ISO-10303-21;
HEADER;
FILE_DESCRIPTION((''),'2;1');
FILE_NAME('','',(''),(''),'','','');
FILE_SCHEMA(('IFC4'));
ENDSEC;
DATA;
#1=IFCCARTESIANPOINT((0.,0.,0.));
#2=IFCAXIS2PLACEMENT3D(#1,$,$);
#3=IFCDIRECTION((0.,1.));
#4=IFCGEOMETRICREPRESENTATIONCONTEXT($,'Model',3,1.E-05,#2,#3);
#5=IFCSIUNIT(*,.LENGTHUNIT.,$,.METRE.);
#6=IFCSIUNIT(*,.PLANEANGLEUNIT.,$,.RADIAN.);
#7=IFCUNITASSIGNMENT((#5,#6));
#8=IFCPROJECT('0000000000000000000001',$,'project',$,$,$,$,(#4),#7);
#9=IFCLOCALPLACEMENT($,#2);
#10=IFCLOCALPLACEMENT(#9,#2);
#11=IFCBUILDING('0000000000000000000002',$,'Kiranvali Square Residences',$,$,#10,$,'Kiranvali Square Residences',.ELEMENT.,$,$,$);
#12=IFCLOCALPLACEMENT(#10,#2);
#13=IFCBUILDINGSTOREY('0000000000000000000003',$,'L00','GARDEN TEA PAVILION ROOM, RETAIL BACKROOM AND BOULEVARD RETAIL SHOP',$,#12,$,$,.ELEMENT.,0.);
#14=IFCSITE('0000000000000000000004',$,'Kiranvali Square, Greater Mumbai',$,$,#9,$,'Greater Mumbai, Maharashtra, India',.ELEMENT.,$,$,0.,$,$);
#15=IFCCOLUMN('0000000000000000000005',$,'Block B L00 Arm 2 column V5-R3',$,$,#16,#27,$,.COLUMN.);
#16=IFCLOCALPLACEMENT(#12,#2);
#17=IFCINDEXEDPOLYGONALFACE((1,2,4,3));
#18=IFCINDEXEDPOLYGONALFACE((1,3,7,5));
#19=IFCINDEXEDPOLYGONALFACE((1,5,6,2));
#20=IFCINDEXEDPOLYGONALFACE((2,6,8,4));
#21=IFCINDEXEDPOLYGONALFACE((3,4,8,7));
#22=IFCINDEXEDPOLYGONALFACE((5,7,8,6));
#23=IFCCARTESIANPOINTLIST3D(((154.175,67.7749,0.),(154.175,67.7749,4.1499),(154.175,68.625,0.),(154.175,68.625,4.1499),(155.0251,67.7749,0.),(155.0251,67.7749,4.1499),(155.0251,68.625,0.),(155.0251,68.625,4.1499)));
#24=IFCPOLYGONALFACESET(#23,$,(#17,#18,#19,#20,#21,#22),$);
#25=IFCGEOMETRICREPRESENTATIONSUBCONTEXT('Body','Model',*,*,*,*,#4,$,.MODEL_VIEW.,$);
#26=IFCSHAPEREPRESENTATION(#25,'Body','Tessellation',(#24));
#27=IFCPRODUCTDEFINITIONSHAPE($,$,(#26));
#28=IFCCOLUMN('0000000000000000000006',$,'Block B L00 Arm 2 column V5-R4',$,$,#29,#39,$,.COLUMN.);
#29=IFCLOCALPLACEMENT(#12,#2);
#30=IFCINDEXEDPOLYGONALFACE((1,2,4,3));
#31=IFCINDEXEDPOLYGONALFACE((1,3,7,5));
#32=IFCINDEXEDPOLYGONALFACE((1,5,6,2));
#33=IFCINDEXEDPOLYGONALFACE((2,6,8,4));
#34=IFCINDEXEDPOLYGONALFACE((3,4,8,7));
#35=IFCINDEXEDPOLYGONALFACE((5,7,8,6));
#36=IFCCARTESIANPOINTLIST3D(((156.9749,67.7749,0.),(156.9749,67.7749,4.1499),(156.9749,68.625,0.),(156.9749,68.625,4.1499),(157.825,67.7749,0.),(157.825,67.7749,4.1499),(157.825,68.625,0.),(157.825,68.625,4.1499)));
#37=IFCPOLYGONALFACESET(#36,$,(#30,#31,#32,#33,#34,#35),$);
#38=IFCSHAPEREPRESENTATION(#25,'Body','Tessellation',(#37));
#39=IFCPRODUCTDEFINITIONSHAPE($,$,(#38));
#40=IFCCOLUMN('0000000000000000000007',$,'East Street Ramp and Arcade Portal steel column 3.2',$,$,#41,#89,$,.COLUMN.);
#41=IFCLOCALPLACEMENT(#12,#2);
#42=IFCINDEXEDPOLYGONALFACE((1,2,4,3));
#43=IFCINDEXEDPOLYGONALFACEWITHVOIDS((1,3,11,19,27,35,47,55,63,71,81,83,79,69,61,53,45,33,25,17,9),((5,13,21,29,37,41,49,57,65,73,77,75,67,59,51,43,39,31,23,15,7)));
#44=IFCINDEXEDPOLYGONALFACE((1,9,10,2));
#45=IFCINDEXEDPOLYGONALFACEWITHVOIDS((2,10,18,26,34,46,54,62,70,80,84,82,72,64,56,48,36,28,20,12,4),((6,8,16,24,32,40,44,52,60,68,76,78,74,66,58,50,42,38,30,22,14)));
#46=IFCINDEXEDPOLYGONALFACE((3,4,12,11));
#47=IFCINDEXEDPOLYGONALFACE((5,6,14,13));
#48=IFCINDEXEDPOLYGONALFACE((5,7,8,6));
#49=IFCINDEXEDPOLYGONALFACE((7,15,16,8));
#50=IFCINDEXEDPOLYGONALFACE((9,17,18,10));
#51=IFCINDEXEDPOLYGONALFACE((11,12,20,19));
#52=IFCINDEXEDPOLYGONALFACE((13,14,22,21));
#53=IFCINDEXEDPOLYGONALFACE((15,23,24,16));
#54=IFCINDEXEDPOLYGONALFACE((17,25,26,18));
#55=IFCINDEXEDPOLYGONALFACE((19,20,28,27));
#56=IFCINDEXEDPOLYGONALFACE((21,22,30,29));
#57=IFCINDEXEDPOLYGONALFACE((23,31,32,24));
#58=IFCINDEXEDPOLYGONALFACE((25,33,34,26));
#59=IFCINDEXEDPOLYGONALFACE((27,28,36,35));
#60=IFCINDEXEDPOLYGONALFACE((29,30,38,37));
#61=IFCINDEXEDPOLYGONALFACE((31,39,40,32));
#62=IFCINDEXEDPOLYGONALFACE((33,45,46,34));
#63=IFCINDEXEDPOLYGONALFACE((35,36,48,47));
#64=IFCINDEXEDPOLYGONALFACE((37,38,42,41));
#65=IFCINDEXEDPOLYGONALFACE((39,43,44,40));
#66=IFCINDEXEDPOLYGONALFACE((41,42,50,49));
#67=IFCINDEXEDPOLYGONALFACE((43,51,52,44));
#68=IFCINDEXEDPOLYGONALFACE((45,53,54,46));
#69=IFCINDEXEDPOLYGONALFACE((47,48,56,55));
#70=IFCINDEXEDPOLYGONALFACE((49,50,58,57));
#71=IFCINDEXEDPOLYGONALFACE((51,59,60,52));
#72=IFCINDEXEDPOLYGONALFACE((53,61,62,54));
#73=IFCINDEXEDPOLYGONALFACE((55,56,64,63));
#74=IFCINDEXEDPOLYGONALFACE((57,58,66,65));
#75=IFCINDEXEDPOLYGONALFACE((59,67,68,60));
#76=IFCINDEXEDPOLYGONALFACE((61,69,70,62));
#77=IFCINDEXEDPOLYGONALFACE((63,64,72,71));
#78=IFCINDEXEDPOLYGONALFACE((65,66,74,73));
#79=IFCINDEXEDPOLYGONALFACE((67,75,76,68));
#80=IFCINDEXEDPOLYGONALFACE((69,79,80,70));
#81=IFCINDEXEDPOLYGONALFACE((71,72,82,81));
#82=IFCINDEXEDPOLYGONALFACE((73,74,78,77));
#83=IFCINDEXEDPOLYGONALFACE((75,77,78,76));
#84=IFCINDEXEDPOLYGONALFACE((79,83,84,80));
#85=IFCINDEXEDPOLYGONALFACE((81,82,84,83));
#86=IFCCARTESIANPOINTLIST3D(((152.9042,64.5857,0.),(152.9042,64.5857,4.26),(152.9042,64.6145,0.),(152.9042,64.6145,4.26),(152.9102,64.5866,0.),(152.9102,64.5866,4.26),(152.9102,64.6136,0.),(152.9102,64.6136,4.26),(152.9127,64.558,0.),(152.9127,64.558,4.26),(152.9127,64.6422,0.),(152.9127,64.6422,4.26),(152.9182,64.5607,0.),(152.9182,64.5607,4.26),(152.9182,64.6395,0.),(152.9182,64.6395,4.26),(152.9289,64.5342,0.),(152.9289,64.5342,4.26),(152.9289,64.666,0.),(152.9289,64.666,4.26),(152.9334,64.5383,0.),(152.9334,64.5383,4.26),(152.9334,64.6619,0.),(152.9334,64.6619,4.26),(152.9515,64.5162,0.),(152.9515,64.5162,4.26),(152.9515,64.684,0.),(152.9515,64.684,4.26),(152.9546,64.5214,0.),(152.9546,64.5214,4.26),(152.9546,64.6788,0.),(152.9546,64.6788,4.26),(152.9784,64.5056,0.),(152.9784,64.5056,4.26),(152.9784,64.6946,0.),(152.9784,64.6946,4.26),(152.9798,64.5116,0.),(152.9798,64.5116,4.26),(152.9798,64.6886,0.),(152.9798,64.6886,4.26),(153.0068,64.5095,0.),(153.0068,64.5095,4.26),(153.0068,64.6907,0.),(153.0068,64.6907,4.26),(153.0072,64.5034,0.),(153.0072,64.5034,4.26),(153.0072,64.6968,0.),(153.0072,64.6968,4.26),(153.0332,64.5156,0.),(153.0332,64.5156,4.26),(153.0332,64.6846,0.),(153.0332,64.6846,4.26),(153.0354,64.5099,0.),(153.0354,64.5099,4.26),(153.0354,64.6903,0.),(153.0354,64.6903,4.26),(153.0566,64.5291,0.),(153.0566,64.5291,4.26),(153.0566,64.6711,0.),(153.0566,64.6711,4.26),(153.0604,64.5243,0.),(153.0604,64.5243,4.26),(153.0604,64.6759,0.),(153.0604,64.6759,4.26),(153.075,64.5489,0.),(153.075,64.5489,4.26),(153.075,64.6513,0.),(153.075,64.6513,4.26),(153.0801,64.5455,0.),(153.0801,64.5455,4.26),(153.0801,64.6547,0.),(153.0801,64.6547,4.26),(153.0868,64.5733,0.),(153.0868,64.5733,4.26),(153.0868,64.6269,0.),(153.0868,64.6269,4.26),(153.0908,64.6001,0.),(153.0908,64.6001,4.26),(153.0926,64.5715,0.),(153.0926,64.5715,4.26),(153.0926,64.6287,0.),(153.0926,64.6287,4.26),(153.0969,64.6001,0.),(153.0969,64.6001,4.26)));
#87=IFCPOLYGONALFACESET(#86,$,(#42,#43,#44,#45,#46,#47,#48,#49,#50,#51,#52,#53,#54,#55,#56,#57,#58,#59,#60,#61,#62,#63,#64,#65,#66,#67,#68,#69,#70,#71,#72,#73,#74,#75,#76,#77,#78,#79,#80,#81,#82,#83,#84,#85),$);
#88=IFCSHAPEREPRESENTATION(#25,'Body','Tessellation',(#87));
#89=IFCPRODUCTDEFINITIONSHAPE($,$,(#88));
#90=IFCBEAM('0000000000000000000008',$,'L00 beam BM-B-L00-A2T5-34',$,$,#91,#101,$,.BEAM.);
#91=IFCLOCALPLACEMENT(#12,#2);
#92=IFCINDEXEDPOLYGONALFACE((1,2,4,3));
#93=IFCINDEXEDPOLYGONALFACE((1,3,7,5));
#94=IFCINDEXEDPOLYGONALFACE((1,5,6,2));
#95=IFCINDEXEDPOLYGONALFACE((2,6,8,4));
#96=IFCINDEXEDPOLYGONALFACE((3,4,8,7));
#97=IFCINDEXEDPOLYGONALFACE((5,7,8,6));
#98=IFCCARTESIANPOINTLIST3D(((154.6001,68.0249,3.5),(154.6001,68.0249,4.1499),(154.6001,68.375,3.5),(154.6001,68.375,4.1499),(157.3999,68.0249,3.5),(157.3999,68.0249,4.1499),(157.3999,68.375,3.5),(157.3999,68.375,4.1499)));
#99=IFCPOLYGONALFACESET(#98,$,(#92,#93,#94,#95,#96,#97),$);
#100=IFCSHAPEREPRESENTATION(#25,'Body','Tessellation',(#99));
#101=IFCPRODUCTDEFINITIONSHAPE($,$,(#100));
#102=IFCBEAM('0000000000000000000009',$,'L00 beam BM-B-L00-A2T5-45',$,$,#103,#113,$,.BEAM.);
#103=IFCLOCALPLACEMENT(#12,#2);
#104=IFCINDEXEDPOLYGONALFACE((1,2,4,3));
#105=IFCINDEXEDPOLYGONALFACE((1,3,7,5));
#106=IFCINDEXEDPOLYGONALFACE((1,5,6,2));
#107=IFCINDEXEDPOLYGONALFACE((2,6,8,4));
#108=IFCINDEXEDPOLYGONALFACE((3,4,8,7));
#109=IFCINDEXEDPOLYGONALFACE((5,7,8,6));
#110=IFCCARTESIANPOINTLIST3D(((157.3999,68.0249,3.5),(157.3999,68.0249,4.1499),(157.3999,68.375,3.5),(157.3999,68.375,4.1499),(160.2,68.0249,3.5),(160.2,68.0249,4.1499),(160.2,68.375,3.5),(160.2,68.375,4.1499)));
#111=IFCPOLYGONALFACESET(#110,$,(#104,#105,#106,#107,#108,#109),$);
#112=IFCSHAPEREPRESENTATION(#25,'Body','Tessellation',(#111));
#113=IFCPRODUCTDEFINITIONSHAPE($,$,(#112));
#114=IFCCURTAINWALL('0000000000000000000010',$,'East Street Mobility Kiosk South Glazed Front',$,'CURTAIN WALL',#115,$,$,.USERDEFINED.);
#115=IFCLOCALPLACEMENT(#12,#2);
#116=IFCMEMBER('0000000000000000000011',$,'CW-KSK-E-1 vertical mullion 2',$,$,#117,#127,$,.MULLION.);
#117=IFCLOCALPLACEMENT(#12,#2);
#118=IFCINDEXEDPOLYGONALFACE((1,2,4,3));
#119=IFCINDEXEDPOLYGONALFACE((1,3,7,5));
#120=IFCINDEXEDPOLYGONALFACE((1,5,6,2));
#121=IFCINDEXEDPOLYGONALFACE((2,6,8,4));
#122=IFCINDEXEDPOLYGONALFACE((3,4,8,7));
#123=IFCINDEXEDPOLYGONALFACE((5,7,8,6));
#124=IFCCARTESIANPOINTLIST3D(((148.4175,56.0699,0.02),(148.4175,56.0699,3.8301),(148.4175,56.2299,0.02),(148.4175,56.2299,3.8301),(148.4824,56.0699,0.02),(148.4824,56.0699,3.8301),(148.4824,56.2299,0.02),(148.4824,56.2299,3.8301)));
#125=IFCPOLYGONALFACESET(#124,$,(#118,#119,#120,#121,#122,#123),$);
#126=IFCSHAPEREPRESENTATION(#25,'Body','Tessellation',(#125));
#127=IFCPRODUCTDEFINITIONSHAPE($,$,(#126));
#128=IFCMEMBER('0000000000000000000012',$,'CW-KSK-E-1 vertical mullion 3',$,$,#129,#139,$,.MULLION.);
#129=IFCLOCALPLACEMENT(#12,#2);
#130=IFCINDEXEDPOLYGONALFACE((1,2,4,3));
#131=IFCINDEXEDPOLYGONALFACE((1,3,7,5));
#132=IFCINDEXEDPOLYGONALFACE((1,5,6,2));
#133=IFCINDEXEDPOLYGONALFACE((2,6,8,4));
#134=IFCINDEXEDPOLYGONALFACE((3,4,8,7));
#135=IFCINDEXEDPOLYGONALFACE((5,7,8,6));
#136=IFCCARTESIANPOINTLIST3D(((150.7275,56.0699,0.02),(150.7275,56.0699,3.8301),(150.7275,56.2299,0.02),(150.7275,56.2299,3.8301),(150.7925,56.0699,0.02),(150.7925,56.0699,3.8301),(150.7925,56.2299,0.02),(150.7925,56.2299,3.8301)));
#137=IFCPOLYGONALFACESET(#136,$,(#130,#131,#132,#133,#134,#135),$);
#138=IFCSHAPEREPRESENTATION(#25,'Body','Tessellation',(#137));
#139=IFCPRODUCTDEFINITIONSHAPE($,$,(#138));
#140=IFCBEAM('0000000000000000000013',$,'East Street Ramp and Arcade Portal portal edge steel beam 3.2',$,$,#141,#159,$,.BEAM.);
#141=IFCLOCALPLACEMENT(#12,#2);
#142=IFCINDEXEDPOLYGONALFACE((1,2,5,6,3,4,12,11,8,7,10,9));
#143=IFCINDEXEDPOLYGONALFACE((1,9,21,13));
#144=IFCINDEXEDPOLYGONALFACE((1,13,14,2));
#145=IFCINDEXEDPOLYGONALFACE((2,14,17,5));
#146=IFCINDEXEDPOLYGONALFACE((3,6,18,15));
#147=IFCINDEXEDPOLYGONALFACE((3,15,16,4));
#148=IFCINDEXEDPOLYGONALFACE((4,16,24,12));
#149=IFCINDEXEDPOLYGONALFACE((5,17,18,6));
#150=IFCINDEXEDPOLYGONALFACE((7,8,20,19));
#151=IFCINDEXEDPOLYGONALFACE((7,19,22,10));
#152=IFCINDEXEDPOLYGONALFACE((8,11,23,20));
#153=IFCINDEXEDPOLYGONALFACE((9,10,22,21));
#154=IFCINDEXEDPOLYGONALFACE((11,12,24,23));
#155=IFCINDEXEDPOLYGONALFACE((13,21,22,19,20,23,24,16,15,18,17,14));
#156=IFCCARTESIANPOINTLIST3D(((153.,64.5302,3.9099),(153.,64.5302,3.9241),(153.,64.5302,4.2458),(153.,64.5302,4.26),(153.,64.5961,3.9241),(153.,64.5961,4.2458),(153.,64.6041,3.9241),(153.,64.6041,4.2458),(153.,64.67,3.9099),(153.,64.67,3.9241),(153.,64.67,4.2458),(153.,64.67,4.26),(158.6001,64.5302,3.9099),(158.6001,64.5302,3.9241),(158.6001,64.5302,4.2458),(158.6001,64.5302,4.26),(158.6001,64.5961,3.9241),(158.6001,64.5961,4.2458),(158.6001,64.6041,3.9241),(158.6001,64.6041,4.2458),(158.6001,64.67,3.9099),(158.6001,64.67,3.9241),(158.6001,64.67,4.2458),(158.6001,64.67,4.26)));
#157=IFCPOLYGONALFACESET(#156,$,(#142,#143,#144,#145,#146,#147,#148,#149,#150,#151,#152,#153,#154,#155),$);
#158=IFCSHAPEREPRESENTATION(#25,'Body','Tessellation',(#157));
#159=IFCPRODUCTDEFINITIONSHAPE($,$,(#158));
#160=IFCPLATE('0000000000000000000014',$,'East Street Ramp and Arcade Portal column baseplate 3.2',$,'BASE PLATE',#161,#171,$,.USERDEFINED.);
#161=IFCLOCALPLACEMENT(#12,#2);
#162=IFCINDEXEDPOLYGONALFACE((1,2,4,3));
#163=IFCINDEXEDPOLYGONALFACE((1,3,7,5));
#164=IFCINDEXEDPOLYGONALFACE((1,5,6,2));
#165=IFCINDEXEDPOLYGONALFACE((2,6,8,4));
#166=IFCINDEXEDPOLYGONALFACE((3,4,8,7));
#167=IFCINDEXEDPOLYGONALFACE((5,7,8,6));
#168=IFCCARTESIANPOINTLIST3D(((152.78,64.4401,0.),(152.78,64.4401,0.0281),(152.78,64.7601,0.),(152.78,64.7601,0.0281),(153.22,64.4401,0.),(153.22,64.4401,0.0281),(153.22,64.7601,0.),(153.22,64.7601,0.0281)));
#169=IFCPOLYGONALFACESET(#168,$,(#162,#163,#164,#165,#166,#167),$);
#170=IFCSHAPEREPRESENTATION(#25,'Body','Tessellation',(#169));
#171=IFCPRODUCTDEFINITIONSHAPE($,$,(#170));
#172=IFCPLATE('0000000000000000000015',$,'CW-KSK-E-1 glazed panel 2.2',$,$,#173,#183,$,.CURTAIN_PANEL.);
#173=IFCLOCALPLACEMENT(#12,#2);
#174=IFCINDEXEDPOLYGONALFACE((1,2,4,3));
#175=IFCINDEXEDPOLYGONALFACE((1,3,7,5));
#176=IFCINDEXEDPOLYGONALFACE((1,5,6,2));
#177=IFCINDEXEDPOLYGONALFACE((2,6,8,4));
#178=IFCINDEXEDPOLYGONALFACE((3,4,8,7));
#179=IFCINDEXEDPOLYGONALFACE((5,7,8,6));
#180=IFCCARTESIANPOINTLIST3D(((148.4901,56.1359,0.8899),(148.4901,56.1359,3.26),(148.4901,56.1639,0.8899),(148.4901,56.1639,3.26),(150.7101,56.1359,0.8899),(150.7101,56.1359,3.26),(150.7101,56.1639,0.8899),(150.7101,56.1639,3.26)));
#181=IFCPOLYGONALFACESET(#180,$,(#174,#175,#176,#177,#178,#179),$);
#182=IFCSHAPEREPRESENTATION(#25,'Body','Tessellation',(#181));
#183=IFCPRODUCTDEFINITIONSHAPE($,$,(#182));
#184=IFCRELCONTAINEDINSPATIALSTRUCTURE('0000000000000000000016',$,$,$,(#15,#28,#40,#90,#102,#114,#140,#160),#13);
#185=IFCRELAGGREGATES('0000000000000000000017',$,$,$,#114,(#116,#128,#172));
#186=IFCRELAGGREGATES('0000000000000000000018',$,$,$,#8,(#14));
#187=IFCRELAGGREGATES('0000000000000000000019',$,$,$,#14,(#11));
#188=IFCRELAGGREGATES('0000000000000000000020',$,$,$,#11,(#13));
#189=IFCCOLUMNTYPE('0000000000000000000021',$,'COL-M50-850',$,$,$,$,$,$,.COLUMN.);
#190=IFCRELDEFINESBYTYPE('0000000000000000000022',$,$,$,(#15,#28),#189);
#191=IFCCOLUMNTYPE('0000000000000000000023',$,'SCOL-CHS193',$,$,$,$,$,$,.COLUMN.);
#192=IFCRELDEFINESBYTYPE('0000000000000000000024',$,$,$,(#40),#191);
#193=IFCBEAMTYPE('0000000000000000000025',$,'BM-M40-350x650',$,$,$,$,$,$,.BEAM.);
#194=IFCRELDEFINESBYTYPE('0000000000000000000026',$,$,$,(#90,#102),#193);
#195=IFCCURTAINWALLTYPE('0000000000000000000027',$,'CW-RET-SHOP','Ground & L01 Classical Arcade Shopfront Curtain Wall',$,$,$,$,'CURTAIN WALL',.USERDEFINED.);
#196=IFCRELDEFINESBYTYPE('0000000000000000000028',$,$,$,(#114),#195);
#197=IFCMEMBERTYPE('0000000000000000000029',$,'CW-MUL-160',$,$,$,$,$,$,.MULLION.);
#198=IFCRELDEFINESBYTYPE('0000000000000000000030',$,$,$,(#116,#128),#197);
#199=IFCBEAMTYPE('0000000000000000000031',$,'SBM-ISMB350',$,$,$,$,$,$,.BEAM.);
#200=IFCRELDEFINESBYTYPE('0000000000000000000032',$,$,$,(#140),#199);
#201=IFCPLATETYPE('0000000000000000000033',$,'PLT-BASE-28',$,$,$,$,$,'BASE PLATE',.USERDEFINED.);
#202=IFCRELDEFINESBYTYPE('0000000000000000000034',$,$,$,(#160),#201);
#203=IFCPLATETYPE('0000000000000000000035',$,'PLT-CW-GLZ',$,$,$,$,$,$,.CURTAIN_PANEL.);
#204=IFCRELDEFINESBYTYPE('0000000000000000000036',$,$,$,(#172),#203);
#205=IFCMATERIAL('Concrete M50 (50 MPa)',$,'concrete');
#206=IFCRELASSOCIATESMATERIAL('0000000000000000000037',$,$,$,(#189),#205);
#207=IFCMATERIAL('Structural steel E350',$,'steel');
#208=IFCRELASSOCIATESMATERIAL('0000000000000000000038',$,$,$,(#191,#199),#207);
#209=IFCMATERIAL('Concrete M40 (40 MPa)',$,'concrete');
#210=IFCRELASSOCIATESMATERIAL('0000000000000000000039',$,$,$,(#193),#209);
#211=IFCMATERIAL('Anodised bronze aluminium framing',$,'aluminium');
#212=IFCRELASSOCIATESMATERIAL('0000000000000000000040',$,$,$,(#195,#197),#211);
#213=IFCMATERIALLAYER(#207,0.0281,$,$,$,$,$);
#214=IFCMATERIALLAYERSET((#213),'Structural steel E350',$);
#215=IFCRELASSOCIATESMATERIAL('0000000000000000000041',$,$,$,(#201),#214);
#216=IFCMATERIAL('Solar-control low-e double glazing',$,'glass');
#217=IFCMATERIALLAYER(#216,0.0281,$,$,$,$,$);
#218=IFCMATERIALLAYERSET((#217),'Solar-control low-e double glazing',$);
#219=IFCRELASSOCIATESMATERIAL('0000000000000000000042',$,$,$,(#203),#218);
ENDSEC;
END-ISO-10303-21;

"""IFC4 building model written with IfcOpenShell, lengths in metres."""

from ifc_helpers import new_model, si_unit, direction, frame, origin, origin_2d, place, context, subcontext, project, spatial, rectangle, hollow_circle, i_section, extrude, material, layer, layer_set, material_profile, profile_set, type_object, element, aggregate, save


model = new_model("IFC4")

# Units and contexts
model_context = context("Model", 3, precision=1e-05, world=origin(), true_north=direction((0.0, 1.0)))
body_context = subcontext(model_context, "Body", "Model", "MODEL_VIEW")
ifc_project = project(units=[si_unit("LENGTHUNIT", "METRE"), si_unit("PLANEANGLEUNIT", "RADIAN")], contexts=[model_context])

# Site, building, storey
site_placement = place(None, origin())
site = spatial("IfcSite", under=ifc_project, at=site_placement, Name="Kiranvali Square, Greater Mumbai", LongName="Greater Mumbai, Maharashtra, India", CompositionType="ELEMENT", RefElevation=0.0)
building_placement = place(site_placement, origin())
building = spatial("IfcBuilding", under=site, at=building_placement, Name="Kiranvali Square Residences", LongName="Kiranvali Square Residences", CompositionType="ELEMENT")
storey_placement = place(building_placement, origin())
storey = spatial("IfcBuildingStorey", under=building, at=storey_placement, Name="L00", Description="GARDEN TEA PAVILION ROOM, RETAIL BACKROOM AND BOULEVARD RETAIL SHOP", CompositionType="ELEMENT", Elevation=0.0)

# Columns
ifc_material_1 = material(Name="Concrete M50 (50 MPa)", Category="concrete")
ifc_material_profile_1 = material_profile(ifc_material_1, rectangle(XDim=0.8501, YDim=0.8501, at=origin_2d()), Name="RC 850x850")
ifc_profile_set_1 = profile_set([ifc_material_profile_1], Name="Concrete M50 (50 MPa)")
column_type_1 = type_object("IfcColumnType", Name="COL-M50-850", PredefinedType="COLUMN", material=ifc_profile_set_1)
for number, where, z_axis, x_axis, name in (
    (1, (154.6001, 68.2, 0.0), (0.0, 0.0, 1.0), (1.0, 0.0, 0.0), "Block B L00 Arm 2 column V5-R3"),
    (2, (157.3999, 68.2, 0.0), (0.0, 0.0, 1.0), (1.0, 0.0, 0.0), "Block B L00 Arm 2 column V5-R4"),
):
    element("IfcColumn", number, at=place(storey_placement, frame(where, z_axis=z_axis, x_axis=x_axis)), inside=storey, type_object=column_type_1, Name=name, PredefinedType="COLUMN", context=body_context, shape_type="SweptSolid", body=[
        extrude(rectangle(XDim=0.8501, YDim=0.8501, at=origin_2d()), origin(), (0.0, 0.0, 1.0), 4.1499),
    ])
ifc_material_2 = material(Name="Structural steel E350", Category="steel")
ifc_material_profile_2 = material_profile(ifc_material_2, hollow_circle(Radius=0.0969, WallThickness=0.0061, at=origin_2d()), Name="CHS 193.7x6.0")
ifc_profile_set_2 = profile_set([ifc_material_profile_2], Name="Structural steel E350")
column_type_2 = type_object("IfcColumnType", Name="SCOL-CHS193", PredefinedType="COLUMN", material=ifc_profile_set_2)
column_placement = place(storey_placement, frame((153.0, 64.6001, 0.0), z_axis=(0.0, 0.0, 1.0), x_axis=(1.0, 0.0, 0.0)))
element("IfcColumn", 3, at=column_placement, inside=storey, type_object=column_type_2, Name="East Street Ramp and Arcade Portal steel column 3.2", PredefinedType="COLUMN", context=body_context, shape_type="SweptSolid", body=[
    extrude(hollow_circle(Radius=0.0969, WallThickness=0.0061, at=origin_2d()), origin(), (0.0, 0.0, 1.0), 4.26),
])

# Beams
ifc_material_3 = material(Name="Concrete M40 (40 MPa)", Category="concrete")
ifc_material_profile_3 = material_profile(ifc_material_3, rectangle(XDim=0.3501, YDim=0.6499, at=origin_2d()), Name="RC 350x650")
ifc_profile_set_3 = profile_set([ifc_material_profile_3], Name="Concrete M40 (40 MPa)")
beam_type_1 = type_object("IfcBeamType", Name="BM-M40-350x650", PredefinedType="BEAM", material=ifc_profile_set_3)
beam_1_placement = place(storey_placement, frame((154.6001, 68.2, 3.825), z_axis=(1.0, 0.0, 0.0), x_axis=(0.0, 1.0, 0.0)))
element("IfcBeam", 4, at=beam_1_placement, inside=storey, type_object=beam_type_1, Name="L00 beam BM-B-L00-A2T5-34", PredefinedType="BEAM", context=body_context, shape_type="SweptSolid", body=[
    extrude(rectangle(XDim=0.3501, YDim=0.6499, at=origin_2d()), origin(), (0.0, 0.0, 1.0), 2.7998),
])
beam_2_placement = place(storey_placement, frame((157.3999, 68.2, 3.825), z_axis=(1.0, 0.0, 0.0), x_axis=(0.0, 1.0, 0.0)))
element("IfcBeam", 5, at=beam_2_placement, inside=storey, type_object=beam_type_1, Name="L00 beam BM-B-L00-A2T5-45", PredefinedType="BEAM", context=body_context, shape_type="SweptSolid", body=[
    extrude(rectangle(XDim=0.3501, YDim=0.6499, at=origin_2d()), origin(), (0.0, 0.0, 1.0), 2.8),
])

# Curtain wall, members
ifc_material_4 = material(Name="Anodised bronze aluminium framing", Category="aluminium")
curtain_wall_type = type_object("IfcCurtainWallType", Name="CW-RET-SHOP", Description="Ground & L01 Classical Arcade Shopfront Curtain Wall", ElementType="CURTAIN WALL", PredefinedType="USERDEFINED", material=ifc_material_4)
curtain_wall_placement = place(storey_placement, origin())
curtain_wall = element("IfcCurtainWall", 6, at=curtain_wall_placement, inside=storey, type_object=curtain_wall_type, Name="East Street Mobility Kiosk South Glazed Front", ObjectType="CURTAIN WALL", PredefinedType="USERDEFINED")
ifc_material_profile_4 = material_profile(ifc_material_4, rectangle(XDim=0.0649, YDim=0.1599, at=origin_2d()), Name="ALU 65x160")
ifc_profile_set_4 = profile_set([ifc_material_profile_4], Name="Anodised bronze aluminium framing")
member_type = type_object("IfcMemberType", Name="CW-MUL-160", PredefinedType="MULLION", material=ifc_profile_set_4)
member_1_placement = place(storey_placement, frame((148.45, 56.1499, 0.02), z_axis=(0.0, 0.0, 1.0), x_axis=(1.0, 0.0, 0.0)))
member_1 = element("IfcMember", 7, at=member_1_placement, type_object=member_type, Name="CW-KSK-E-1 vertical mullion 2", PredefinedType="MULLION", context=body_context, shape_type="SweptSolid", body=[
    extrude(rectangle(XDim=0.0649, YDim=0.1599, at=origin_2d()), origin(), (0.0, 0.0, 1.0), 3.8101),
])
member_2_placement = place(storey_placement, frame((150.76, 56.1499, 0.02), z_axis=(0.0, 0.0, 1.0), x_axis=(1.0, 0.0, 0.0)))
member_2 = element("IfcMember", 8, at=member_2_placement, type_object=member_type, Name="CW-KSK-E-1 vertical mullion 3", PredefinedType="MULLION", context=body_context, shape_type="SweptSolid", body=[
    extrude(rectangle(XDim=0.0649, YDim=0.1599, at=origin_2d()), origin(), (0.0, 0.0, 1.0), 3.8101),
])

# Beam
ifc_material_profile_5 = material_profile(ifc_material_2, i_section(OverallWidth=0.1399, OverallDepth=0.3501, WebThickness=0.0081, FlangeThickness=0.0142, at=origin_2d()), Name="ISMB 350")
ifc_profile_set_5 = profile_set([ifc_material_profile_5], Name="Structural steel E350")
beam_type_2 = type_object("IfcBeamType", Name="SBM-ISMB350", PredefinedType="BEAM", material=ifc_profile_set_5)
beam_3_placement = place(storey_placement, frame((153.0, 64.6001, 4.085), z_axis=(1.0, 0.0, 0.0), x_axis=(0.0, 1.0, 0.0)))
element("IfcBeam", 9, at=beam_3_placement, inside=storey, type_object=beam_type_2, Name="East Street Ramp and Arcade Portal portal edge steel beam 3.2", PredefinedType="BEAM", context=body_context, shape_type="SweptSolid", body=[
    extrude(i_section(OverallWidth=0.1399, OverallDepth=0.3501, WebThickness=0.0081, FlangeThickness=0.0142, at=origin_2d()), origin(), (0.0, 0.0, 1.0), 5.6001),
])

# Plates
ifc_layer_1 = layer(ifc_material_2, 0.0281)
ifc_layer_set_1 = layer_set([ifc_layer_1], Name="Structural steel E350")
plate_type_1 = type_object("IfcPlateType", Name="PLT-BASE-28", ElementType="BASE PLATE", PredefinedType="USERDEFINED", material=ifc_layer_set_1)
plate_1_placement = place(storey_placement, frame((153.0, 64.6001, 0.0), z_axis=(0.0, 0.0, 1.0), x_axis=(1.0, 0.0, 0.0)))
element("IfcPlate", 10, at=plate_1_placement, inside=storey, type_object=plate_type_1, Name="East Street Ramp and Arcade Portal column baseplate 3.2", ObjectType="BASE PLATE", PredefinedType="USERDEFINED", context=body_context, shape_type="SweptSolid", body=[
    extrude(rectangle(XDim=0.4399, YDim=0.3201, at=origin_2d()), origin(), (0.0, 0.0, 1.0), 0.0281),
])
ifc_material_5 = material(Name="Solar-control low-e double glazing", Category="glass")
ifc_layer_2 = layer(ifc_material_5, 0.0281)
ifc_layer_set_2 = layer_set([ifc_layer_2], Name="Solar-control low-e double glazing")
plate_type_2 = type_object("IfcPlateType", Name="PLT-CW-GLZ", PredefinedType="CURTAIN_PANEL", material=ifc_layer_set_2)
plate_2_placement = place(storey_placement, frame((149.6001, 56.1499, 0.8899), z_axis=(0.0, 0.0, 1.0), x_axis=(1.0, 0.0, 0.0)))
plate_2 = element("IfcPlate", 11, at=plate_2_placement, type_object=plate_type_2, Name="CW-KSK-E-1 glazed panel 2.2", PredefinedType="CURTAIN_PANEL", context=body_context, shape_type="SweptSolid", body=[
    extrude(rectangle(XDim=2.22, YDim=0.0281, at=origin_2d()), origin(), (0.0, 0.0, 1.0), 2.3701),
])
aggregate(curtain_wall, [member_1, member_2, plate_2])

save(model, "model.ifc")
